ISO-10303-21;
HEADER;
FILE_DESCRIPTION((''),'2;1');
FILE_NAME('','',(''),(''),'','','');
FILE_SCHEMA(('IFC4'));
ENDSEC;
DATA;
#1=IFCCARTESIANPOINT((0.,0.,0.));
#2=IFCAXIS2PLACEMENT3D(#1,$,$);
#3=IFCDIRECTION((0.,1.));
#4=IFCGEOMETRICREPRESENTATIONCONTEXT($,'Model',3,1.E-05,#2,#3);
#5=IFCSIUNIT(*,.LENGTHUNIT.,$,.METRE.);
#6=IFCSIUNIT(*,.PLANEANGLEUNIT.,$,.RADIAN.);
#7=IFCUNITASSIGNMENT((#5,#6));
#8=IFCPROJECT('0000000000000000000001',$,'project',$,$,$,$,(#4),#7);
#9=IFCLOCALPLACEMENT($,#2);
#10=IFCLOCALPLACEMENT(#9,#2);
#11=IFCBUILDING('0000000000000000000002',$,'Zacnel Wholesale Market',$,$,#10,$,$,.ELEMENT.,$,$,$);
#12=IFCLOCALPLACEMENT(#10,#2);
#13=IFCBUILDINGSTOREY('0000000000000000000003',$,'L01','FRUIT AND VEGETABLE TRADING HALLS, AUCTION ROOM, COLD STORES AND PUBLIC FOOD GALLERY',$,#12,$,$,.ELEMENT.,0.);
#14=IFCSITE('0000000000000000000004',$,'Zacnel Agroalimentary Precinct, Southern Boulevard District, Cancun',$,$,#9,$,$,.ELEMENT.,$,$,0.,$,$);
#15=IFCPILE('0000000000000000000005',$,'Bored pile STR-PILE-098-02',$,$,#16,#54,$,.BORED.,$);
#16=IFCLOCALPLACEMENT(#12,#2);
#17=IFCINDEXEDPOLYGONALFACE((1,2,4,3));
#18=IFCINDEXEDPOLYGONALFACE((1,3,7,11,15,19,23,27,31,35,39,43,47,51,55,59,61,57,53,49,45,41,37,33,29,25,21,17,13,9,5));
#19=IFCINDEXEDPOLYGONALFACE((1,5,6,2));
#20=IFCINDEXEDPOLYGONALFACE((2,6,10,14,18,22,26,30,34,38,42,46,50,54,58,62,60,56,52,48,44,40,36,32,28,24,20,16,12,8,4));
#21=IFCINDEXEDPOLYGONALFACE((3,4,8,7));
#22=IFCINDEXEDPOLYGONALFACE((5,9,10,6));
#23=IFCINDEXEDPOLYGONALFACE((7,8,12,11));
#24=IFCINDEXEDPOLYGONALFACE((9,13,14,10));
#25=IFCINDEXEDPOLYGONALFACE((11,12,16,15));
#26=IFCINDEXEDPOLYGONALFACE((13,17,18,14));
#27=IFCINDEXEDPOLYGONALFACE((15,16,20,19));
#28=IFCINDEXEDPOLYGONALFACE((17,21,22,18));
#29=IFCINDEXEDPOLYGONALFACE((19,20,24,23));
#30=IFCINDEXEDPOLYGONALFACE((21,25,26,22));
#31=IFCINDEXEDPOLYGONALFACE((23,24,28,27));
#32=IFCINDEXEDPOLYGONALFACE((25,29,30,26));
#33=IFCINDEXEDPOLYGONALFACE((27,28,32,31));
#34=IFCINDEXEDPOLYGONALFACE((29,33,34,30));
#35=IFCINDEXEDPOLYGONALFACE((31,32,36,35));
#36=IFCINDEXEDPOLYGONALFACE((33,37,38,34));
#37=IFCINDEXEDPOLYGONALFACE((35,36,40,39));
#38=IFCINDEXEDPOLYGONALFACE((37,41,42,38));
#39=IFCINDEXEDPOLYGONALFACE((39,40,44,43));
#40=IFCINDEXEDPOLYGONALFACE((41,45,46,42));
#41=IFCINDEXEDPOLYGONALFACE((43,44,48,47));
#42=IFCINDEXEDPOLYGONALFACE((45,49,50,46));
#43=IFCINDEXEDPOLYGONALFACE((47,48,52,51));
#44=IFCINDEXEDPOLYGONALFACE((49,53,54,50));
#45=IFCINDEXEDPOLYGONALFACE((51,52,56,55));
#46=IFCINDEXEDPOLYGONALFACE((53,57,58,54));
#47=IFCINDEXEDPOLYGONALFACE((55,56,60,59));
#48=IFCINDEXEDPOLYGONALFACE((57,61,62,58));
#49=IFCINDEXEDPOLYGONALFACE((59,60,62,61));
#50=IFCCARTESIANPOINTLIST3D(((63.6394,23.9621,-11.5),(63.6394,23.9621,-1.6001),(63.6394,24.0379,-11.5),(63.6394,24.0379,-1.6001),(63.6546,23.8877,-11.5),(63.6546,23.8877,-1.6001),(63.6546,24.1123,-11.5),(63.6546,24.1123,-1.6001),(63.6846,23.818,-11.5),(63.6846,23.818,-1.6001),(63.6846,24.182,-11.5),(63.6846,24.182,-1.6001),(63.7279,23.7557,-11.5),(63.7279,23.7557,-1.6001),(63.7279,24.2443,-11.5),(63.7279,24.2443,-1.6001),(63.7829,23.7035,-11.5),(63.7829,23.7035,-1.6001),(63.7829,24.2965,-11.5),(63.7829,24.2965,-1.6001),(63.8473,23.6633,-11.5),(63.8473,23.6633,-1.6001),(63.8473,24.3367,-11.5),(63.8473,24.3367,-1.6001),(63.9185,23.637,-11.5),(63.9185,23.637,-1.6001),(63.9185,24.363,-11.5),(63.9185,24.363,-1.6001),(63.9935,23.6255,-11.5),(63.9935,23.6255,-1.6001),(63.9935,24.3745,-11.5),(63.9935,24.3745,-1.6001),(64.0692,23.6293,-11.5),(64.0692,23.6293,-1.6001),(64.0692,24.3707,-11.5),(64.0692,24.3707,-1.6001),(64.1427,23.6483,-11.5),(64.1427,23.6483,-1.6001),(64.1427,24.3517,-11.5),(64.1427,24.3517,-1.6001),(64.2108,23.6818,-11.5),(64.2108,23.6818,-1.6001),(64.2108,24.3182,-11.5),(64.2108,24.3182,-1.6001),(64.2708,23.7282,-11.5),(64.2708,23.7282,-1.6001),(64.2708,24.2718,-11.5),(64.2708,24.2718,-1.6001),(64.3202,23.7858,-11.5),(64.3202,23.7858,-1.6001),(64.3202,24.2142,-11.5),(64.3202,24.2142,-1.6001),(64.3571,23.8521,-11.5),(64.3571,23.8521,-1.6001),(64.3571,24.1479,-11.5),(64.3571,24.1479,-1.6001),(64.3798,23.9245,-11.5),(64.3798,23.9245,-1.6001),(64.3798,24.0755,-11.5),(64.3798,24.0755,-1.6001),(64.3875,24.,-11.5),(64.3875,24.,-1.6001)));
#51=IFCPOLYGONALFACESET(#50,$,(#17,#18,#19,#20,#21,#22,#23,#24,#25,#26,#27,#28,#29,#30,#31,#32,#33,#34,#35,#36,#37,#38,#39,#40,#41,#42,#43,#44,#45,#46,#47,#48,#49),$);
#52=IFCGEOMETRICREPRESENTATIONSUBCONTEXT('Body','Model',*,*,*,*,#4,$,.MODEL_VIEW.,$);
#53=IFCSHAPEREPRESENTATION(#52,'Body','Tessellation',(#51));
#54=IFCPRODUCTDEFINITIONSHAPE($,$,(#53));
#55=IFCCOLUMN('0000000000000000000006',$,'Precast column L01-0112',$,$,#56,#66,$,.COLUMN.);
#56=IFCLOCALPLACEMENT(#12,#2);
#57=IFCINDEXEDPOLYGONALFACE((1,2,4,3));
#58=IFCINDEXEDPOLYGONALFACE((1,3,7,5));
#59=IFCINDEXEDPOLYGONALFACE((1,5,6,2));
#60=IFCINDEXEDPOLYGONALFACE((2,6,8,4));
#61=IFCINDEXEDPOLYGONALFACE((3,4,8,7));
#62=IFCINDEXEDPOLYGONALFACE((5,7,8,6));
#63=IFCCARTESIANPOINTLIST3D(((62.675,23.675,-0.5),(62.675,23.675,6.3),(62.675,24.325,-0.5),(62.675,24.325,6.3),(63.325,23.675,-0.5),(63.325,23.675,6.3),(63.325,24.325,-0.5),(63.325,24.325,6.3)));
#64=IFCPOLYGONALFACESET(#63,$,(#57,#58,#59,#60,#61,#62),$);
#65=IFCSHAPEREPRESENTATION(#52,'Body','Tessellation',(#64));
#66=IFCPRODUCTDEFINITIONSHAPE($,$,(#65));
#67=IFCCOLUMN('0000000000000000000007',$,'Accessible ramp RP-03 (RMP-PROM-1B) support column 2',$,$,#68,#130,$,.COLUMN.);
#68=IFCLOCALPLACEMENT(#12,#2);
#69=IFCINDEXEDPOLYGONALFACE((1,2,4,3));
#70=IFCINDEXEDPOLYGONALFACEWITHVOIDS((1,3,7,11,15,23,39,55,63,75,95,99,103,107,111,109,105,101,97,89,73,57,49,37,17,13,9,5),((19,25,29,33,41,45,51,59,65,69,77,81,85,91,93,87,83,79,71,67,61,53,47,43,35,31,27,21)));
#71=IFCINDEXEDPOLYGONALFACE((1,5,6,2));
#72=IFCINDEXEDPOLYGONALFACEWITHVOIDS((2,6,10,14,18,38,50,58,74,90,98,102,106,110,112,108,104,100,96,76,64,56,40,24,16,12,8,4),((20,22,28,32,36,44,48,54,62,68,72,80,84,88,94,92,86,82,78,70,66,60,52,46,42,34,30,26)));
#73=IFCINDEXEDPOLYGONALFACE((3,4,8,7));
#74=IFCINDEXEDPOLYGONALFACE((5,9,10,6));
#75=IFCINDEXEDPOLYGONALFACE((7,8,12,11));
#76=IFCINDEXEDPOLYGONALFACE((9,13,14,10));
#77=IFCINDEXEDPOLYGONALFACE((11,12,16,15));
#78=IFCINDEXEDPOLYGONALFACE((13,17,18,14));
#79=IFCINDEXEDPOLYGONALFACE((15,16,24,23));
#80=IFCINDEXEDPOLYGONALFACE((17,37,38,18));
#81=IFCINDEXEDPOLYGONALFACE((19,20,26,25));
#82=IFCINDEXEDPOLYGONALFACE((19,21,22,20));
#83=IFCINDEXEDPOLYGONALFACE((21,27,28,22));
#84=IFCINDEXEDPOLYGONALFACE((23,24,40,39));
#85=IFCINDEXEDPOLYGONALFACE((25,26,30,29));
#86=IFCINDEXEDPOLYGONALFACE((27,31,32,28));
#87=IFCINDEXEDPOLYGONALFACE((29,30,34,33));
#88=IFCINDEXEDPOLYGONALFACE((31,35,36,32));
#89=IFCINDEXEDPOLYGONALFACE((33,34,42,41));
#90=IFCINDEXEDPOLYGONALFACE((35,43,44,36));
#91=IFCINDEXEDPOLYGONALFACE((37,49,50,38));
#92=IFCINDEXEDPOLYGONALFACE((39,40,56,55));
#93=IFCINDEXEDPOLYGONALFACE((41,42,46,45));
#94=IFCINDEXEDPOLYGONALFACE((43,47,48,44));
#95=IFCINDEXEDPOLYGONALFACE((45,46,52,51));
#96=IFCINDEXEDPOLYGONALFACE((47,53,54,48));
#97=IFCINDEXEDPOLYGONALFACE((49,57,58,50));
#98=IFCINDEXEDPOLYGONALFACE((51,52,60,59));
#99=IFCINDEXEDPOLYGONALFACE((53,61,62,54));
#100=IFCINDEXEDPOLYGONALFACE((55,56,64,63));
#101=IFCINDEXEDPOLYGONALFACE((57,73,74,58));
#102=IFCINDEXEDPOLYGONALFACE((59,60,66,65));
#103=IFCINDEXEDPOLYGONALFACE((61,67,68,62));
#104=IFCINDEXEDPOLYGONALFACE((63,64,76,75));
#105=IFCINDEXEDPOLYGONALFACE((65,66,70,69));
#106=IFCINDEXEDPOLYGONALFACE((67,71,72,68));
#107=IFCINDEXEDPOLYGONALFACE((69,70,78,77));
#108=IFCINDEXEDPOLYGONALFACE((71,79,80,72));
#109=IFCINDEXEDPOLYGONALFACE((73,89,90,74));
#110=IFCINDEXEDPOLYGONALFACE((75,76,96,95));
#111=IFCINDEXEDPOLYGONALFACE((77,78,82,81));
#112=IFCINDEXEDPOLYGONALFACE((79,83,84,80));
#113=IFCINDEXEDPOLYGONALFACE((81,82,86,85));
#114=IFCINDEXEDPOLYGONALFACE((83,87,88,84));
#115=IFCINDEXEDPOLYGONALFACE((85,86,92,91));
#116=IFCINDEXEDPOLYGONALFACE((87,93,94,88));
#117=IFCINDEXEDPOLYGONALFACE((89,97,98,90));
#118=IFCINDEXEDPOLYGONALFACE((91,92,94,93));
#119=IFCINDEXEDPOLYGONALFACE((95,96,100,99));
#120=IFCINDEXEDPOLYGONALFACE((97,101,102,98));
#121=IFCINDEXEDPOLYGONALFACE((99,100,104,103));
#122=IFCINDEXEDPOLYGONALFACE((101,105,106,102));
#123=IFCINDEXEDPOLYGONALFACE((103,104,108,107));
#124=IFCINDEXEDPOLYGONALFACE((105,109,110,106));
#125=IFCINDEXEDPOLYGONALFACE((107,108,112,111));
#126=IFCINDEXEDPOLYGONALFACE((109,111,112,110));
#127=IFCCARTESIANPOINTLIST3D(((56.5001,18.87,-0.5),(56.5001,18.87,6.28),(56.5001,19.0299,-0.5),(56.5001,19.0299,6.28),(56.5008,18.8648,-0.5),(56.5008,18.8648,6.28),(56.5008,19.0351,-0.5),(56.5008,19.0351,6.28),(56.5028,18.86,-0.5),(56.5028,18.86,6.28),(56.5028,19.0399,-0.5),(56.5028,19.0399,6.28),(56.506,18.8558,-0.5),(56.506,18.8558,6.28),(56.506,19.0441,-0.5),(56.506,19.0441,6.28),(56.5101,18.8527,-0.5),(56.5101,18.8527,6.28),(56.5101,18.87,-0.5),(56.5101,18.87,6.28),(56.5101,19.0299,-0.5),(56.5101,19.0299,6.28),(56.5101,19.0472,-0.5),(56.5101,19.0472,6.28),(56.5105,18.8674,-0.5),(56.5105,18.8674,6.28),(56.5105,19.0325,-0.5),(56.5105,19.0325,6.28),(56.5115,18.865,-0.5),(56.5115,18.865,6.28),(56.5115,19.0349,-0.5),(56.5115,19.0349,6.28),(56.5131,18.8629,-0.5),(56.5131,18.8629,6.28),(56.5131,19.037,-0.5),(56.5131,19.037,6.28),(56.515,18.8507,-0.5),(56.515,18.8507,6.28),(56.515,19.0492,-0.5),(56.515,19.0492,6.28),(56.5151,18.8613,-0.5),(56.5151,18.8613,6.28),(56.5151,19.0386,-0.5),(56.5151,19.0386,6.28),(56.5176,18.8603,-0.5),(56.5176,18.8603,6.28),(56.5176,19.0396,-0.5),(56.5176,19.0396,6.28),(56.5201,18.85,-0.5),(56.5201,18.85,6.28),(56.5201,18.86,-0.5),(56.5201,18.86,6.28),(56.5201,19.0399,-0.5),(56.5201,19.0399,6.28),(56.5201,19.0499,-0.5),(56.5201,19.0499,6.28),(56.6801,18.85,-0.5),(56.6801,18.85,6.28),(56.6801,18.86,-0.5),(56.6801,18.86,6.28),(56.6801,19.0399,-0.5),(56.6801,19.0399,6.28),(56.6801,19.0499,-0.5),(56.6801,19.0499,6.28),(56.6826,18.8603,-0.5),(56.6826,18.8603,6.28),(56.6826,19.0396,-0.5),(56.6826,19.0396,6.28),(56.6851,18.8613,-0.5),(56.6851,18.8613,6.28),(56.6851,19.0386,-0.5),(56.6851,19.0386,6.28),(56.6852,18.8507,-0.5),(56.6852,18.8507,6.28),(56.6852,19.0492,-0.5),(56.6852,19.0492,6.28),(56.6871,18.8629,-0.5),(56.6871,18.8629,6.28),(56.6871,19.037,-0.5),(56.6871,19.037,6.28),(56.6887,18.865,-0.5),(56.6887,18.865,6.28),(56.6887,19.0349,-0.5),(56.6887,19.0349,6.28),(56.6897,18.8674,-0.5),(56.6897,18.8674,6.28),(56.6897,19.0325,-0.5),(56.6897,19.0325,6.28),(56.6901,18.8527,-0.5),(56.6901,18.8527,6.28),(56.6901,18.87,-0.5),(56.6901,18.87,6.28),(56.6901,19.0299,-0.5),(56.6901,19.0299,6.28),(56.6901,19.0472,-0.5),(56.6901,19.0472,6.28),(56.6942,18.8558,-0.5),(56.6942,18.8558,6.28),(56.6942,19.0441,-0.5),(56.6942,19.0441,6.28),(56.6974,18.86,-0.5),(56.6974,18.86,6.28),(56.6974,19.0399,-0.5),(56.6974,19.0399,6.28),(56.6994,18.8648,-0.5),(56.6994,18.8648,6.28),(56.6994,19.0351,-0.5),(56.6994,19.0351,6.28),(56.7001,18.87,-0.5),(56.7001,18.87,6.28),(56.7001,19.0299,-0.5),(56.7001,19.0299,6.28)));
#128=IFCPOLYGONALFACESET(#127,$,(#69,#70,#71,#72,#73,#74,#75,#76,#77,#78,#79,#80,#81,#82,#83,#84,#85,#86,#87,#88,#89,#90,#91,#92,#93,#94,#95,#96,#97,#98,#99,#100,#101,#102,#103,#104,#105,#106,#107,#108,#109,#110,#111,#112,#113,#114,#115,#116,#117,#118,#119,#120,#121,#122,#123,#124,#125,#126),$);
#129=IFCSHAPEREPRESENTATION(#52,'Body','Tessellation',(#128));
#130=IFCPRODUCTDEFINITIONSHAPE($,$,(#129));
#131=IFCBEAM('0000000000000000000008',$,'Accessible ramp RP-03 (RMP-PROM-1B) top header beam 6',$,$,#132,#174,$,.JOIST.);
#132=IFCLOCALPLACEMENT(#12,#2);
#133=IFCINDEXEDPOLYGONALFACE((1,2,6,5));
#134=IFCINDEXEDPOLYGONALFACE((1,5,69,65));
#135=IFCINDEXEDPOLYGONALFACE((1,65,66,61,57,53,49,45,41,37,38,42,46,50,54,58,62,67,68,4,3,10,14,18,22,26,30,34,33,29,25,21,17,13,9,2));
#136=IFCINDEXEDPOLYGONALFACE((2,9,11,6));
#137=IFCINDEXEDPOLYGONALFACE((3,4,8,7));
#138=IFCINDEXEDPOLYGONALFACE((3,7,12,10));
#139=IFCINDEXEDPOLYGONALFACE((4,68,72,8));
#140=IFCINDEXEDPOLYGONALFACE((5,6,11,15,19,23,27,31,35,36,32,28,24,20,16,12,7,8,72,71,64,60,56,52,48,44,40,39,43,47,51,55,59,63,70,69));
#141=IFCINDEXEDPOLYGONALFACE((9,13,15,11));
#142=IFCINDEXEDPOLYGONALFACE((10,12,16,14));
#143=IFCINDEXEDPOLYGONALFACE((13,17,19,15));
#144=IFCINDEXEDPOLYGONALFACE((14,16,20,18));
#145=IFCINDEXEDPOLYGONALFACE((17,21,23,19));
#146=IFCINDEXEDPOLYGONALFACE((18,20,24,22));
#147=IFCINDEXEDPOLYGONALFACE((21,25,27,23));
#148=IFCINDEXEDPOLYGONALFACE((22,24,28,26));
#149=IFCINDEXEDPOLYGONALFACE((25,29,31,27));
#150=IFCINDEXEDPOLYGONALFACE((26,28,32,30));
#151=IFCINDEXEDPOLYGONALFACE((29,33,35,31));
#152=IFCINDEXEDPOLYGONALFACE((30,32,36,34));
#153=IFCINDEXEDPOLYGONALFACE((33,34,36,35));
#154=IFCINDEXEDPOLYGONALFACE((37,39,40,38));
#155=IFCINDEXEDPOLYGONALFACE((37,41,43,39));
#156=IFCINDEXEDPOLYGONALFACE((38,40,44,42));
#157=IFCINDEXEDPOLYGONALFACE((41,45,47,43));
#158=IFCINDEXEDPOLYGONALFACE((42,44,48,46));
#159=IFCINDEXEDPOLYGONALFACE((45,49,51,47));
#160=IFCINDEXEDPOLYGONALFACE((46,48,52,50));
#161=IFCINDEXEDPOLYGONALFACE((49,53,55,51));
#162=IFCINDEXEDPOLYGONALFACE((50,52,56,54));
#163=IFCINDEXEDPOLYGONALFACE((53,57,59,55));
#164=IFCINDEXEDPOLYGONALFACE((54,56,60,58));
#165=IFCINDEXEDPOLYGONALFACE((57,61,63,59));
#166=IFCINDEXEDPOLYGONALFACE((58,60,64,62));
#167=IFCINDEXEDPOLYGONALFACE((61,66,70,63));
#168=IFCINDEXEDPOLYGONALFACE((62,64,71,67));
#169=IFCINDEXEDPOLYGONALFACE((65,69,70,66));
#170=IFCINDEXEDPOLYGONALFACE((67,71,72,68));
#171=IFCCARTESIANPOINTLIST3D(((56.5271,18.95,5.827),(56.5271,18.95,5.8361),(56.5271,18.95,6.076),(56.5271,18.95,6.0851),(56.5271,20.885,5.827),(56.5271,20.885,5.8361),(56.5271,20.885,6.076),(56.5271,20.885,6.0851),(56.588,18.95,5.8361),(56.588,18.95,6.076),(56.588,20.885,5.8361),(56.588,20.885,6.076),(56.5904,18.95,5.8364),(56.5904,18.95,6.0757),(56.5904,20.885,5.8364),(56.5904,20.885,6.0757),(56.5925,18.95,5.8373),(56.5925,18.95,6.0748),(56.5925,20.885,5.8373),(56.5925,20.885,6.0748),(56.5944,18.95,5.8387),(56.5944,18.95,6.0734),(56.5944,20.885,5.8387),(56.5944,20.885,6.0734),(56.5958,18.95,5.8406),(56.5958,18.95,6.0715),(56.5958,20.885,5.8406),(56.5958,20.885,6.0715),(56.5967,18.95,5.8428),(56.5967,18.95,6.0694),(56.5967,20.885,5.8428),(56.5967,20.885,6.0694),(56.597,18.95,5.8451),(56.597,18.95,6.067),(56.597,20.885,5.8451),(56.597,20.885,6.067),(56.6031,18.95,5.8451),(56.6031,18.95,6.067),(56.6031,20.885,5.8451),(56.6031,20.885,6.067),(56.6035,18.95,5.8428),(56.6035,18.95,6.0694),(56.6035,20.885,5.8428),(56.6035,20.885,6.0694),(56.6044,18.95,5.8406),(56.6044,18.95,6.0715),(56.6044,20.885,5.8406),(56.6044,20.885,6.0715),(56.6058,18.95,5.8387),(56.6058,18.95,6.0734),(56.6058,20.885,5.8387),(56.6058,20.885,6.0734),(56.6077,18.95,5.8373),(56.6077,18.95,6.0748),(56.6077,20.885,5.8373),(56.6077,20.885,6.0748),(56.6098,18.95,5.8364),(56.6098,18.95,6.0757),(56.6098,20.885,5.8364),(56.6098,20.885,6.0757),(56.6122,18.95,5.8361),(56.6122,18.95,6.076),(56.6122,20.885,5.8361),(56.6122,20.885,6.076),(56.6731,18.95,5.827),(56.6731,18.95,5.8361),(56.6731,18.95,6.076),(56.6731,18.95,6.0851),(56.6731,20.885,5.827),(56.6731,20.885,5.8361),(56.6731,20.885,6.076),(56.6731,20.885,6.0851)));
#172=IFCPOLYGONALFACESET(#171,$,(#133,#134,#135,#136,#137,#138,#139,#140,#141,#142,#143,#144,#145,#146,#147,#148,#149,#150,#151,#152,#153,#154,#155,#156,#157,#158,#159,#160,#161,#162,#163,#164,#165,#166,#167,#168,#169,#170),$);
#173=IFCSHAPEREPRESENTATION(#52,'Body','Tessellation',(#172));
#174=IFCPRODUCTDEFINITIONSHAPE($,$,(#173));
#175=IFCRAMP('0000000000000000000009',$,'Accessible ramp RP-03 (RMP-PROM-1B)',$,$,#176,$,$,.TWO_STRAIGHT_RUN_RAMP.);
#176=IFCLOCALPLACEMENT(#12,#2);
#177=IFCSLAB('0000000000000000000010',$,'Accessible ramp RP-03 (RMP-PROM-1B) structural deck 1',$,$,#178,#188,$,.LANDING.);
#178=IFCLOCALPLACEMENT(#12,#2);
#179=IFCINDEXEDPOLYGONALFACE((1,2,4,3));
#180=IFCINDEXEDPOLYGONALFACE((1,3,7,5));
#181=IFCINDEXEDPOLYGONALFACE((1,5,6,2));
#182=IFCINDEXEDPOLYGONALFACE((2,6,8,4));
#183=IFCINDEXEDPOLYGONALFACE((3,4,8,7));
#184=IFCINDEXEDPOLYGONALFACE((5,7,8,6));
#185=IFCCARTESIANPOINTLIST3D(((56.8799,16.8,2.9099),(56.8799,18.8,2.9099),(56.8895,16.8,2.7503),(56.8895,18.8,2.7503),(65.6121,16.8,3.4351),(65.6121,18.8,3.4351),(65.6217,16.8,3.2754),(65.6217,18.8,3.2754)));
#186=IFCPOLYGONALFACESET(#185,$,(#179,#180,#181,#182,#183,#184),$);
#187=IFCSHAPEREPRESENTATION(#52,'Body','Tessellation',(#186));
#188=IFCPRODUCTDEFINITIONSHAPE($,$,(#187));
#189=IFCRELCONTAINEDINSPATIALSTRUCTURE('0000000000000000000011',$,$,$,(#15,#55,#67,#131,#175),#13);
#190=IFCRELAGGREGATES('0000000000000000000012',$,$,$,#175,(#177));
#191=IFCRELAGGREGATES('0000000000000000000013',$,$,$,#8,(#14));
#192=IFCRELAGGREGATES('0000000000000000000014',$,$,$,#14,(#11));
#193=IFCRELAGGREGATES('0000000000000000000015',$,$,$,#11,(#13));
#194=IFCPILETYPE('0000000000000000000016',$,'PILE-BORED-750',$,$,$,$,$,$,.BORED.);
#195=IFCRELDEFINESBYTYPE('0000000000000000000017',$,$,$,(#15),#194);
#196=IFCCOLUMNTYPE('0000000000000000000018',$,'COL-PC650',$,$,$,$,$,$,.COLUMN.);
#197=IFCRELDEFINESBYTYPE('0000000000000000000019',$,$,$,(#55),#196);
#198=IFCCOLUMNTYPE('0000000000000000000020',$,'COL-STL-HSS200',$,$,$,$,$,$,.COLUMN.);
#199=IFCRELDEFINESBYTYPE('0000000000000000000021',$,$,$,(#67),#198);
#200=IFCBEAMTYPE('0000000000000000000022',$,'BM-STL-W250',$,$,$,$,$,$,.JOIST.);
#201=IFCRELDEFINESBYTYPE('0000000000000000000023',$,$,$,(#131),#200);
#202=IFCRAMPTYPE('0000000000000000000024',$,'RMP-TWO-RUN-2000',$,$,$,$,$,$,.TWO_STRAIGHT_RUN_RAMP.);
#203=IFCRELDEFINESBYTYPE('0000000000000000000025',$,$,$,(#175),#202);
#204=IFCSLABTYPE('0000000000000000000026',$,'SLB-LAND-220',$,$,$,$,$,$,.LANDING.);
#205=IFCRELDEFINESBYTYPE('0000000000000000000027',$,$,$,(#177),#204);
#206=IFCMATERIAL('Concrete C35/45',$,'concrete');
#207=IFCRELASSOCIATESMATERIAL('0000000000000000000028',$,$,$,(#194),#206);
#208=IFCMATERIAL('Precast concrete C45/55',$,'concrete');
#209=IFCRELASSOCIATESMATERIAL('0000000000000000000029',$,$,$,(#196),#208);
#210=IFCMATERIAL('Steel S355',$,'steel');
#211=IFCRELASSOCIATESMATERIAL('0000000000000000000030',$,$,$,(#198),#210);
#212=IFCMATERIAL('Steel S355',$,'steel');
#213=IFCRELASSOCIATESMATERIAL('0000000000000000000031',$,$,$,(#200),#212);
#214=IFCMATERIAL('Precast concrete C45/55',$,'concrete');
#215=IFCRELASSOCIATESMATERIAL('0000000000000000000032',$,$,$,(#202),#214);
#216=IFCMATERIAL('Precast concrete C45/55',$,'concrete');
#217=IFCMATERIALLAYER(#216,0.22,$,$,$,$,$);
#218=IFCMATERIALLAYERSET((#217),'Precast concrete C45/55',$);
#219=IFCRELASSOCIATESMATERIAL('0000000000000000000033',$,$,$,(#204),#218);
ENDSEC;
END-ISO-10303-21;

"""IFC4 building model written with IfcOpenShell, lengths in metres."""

from ifc_helpers import new_model, si_unit, direction, frame, origin, origin_2d, place, context, subcontext, project, spatial, polyline, rectangle, hollow_rectangle, circle, i_section, outline, extrude, material, layer, layer_set, material_profile, profile_set, type_object, element, aggregate, save


model = new_model("IFC4")

# Units and contexts
model_context = context("Model", 3, precision=1e-05, world=origin(), true_north=direction((0.0, 1.0)))
body_context = subcontext(model_context, "Body", "Model", "MODEL_VIEW")
ifc_project = project(units=[si_unit("LENGTHUNIT", "METRE"), si_unit("PLANEANGLEUNIT", "RADIAN")], contexts=[model_context])

# Site, building, storey
site_placement = place(None, origin())
site = spatial("IfcSite", under=ifc_project, at=site_placement, Name="Zacnel Agroalimentary Precinct, Southern Boulevard District, Cancun", CompositionType="ELEMENT", RefElevation=0.0)
building_placement = place(site_placement, origin())
building = spatial("IfcBuilding", under=site, at=building_placement, Name="Zacnel Wholesale Market", CompositionType="ELEMENT")
storey_placement = place(building_placement, origin())
storey = spatial("IfcBuildingStorey", under=building, at=storey_placement, Name="L01", Description="FRUIT AND VEGETABLE TRADING HALLS, AUCTION ROOM, COLD STORES AND PUBLIC FOOD GALLERY", CompositionType="ELEMENT", Elevation=0.0)

# Pile
ifc_material_1 = material(Name="Concrete C35/45", Category="concrete")
ifc_material_profile_1 = material_profile(ifc_material_1, circle(Radius=0.375, at=origin_2d()), Name="BORED PILE D750")
ifc_profile_set_1 = profile_set([ifc_material_profile_1], Name="Concrete C35/45")
pile_type = type_object("IfcPileType", Name="PILE-BORED-750", PredefinedType="BORED", material=ifc_profile_set_1)
for number, where, z_axis, x_axis, name in (
    (1, (64.0125, 24.0, -1.6001), (0.0, 0.0, -1.0), (1.0, 0.0, 0.0), "Bored pile STR-PILE-098-02"),
):
    element("IfcPile", number, at=place(storey_placement, frame(where, z_axis=z_axis, x_axis=x_axis)), inside=storey, type_object=pile_type, Name=name, PredefinedType="BORED", context=body_context, shape_type="SweptSolid", body=[
        extrude(circle(Radius=0.375, at=origin_2d()), origin(), (0.0, 0.0, 1.0), 9.8999),
    ])

# Columns
ifc_material_2 = material(Name="Precast concrete C45/55", Category="concrete")
ifc_material_profile_2 = material_profile(ifc_material_2, rectangle(XDim=0.6499, YDim=0.6499, at=origin_2d()), Name="PC 650x650")
ifc_profile_set_2 = profile_set([ifc_material_profile_2], Name="Precast concrete C45/55")
column_type_1 = type_object("IfcColumnType", Name="COL-PC650", PredefinedType="COLUMN", material=ifc_profile_set_2)
column_1_placement = place(storey_placement, frame((63.0, 24.0, -0.5), z_axis=(0.0, 0.0, 1.0), x_axis=(1.0, 0.0, 0.0)))
element("IfcColumn", 2, at=column_1_placement, inside=storey, type_object=column_type_1, Name="Precast column L01-0112", PredefinedType="COLUMN", context=body_context, shape_type="SweptSolid", body=[
    extrude(rectangle(XDim=0.6499, YDim=0.6499, at=origin_2d()), origin(), (0.0, 0.0, 1.0), 6.8),
])
ifc_material_3 = material(Name="Steel S355", Category="steel")
ifc_material_profile_3 = material_profile(ifc_material_3, hollow_rectangle(XDim=0.2, YDim=0.2, WallThickness=0.01, InnerFilletRadius=0.01, OuterFilletRadius=0.02, at=origin_2d()), Name="HSS 200x200x10")
ifc_profile_set_3 = profile_set([ifc_material_profile_3], Name="Steel S355")
column_type_2 = type_object("IfcColumnType", Name="COL-STL-HSS200", PredefinedType="COLUMN", material=ifc_profile_set_3)
column_2_placement = place(storey_placement, frame((56.6001, 18.95, -0.5), z_axis=(0.0, 0.0, 1.0), x_axis=(1.0, 0.0, 0.0)))
element("IfcColumn", 3, at=column_2_placement, inside=storey, type_object=column_type_2, Name="Accessible ramp RP-03 (RMP-PROM-1B) support column 2", PredefinedType="COLUMN", context=body_context, shape_type="SweptSolid", body=[
    extrude(hollow_rectangle(XDim=0.2, YDim=0.2, WallThickness=0.01, InnerFilletRadius=0.01, OuterFilletRadius=0.02, at=origin_2d()), origin(), (0.0, 0.0, 1.0), 6.78),
])

# Beam
ifc_material_4 = material(Name="Steel S355", Category="steel")
ifc_material_profile_4 = material_profile(ifc_material_4, i_section(OverallWidth=0.146, OverallDepth=0.2581, WebThickness=0.0061, FlangeThickness=0.009, FilletRadius=0.009, at=origin_2d()), Name="W250X32.7")
ifc_profile_set_4 = profile_set([ifc_material_profile_4], Name="Steel S355")
beam_type = type_object("IfcBeamType", Name="BM-STL-W250", PredefinedType="JOIST", material=ifc_profile_set_4)
beam_placement = place(storey_placement, frame((56.6001, 18.95, 5.9561), z_axis=(0.0, 1.0, 0.0), x_axis=(-1.0, 0.0, 0.0)))
element("IfcBeam", 4, at=beam_placement, inside=storey, type_object=beam_type, Name="Accessible ramp RP-03 (RMP-PROM-1B) top header beam 6", PredefinedType="JOIST", context=body_context, shape_type="SweptSolid", body=[
    extrude(i_section(OverallWidth=0.146, OverallDepth=0.2581, WebThickness=0.0061, FlangeThickness=0.009, FilletRadius=0.009, at=origin_2d()), origin(), (0.0, 0.0, 1.0), 1.9351),
])

# Ramp, slab
ifc_material_5 = material(Name="Precast concrete C45/55", Category="concrete")
ramp_type = type_object("IfcRampType", Name="RMP-TWO-RUN-2000", PredefinedType="TWO_STRAIGHT_RUN_RAMP", material=ifc_material_5)
ramp_placement = place(storey_placement, origin())
ramp = element("IfcRamp", 5, at=ramp_placement, inside=storey, type_object=ramp_type, Name="Accessible ramp RP-03 (RMP-PROM-1B)", PredefinedType="TWO_STRAIGHT_RUN_RAMP")
ifc_material_6 = material(Name="Precast concrete C45/55", Category="concrete")
ifc_layer_1 = layer(ifc_material_6, 0.22)
ifc_layer_set_1 = layer_set([ifc_layer_1], Name="Precast concrete C45/55")
slab_type = type_object("IfcSlabType", Name="SLB-LAND-220", PredefinedType="LANDING", material=ifc_layer_set_1)
slab_1_placement = place(storey_placement, frame((56.8799, 16.8, 2.9099), z_axis=(-0.060031, 0.0, 0.998197), x_axis=(0.998197, 0.0, 0.060031)))
slab_1 = element("IfcSlab", 6, at=slab_1_placement, type_object=slab_type, Name="Accessible ramp RP-03 (RMP-PROM-1B) structural deck 1", PredefinedType="LANDING", context=body_context, shape_type="SweptSolid", body=[
    extrude(outline(polyline([(0.0, 0.0), (8.748, 0.0), (8.748, 2.0), (0.0, 2.0), (0.0, 0.0)])), origin(), (0.0, 0.0, -1.0), 0.1599),
])

aggregate(ramp, [slab_1])

save(model, "model.ifc")
